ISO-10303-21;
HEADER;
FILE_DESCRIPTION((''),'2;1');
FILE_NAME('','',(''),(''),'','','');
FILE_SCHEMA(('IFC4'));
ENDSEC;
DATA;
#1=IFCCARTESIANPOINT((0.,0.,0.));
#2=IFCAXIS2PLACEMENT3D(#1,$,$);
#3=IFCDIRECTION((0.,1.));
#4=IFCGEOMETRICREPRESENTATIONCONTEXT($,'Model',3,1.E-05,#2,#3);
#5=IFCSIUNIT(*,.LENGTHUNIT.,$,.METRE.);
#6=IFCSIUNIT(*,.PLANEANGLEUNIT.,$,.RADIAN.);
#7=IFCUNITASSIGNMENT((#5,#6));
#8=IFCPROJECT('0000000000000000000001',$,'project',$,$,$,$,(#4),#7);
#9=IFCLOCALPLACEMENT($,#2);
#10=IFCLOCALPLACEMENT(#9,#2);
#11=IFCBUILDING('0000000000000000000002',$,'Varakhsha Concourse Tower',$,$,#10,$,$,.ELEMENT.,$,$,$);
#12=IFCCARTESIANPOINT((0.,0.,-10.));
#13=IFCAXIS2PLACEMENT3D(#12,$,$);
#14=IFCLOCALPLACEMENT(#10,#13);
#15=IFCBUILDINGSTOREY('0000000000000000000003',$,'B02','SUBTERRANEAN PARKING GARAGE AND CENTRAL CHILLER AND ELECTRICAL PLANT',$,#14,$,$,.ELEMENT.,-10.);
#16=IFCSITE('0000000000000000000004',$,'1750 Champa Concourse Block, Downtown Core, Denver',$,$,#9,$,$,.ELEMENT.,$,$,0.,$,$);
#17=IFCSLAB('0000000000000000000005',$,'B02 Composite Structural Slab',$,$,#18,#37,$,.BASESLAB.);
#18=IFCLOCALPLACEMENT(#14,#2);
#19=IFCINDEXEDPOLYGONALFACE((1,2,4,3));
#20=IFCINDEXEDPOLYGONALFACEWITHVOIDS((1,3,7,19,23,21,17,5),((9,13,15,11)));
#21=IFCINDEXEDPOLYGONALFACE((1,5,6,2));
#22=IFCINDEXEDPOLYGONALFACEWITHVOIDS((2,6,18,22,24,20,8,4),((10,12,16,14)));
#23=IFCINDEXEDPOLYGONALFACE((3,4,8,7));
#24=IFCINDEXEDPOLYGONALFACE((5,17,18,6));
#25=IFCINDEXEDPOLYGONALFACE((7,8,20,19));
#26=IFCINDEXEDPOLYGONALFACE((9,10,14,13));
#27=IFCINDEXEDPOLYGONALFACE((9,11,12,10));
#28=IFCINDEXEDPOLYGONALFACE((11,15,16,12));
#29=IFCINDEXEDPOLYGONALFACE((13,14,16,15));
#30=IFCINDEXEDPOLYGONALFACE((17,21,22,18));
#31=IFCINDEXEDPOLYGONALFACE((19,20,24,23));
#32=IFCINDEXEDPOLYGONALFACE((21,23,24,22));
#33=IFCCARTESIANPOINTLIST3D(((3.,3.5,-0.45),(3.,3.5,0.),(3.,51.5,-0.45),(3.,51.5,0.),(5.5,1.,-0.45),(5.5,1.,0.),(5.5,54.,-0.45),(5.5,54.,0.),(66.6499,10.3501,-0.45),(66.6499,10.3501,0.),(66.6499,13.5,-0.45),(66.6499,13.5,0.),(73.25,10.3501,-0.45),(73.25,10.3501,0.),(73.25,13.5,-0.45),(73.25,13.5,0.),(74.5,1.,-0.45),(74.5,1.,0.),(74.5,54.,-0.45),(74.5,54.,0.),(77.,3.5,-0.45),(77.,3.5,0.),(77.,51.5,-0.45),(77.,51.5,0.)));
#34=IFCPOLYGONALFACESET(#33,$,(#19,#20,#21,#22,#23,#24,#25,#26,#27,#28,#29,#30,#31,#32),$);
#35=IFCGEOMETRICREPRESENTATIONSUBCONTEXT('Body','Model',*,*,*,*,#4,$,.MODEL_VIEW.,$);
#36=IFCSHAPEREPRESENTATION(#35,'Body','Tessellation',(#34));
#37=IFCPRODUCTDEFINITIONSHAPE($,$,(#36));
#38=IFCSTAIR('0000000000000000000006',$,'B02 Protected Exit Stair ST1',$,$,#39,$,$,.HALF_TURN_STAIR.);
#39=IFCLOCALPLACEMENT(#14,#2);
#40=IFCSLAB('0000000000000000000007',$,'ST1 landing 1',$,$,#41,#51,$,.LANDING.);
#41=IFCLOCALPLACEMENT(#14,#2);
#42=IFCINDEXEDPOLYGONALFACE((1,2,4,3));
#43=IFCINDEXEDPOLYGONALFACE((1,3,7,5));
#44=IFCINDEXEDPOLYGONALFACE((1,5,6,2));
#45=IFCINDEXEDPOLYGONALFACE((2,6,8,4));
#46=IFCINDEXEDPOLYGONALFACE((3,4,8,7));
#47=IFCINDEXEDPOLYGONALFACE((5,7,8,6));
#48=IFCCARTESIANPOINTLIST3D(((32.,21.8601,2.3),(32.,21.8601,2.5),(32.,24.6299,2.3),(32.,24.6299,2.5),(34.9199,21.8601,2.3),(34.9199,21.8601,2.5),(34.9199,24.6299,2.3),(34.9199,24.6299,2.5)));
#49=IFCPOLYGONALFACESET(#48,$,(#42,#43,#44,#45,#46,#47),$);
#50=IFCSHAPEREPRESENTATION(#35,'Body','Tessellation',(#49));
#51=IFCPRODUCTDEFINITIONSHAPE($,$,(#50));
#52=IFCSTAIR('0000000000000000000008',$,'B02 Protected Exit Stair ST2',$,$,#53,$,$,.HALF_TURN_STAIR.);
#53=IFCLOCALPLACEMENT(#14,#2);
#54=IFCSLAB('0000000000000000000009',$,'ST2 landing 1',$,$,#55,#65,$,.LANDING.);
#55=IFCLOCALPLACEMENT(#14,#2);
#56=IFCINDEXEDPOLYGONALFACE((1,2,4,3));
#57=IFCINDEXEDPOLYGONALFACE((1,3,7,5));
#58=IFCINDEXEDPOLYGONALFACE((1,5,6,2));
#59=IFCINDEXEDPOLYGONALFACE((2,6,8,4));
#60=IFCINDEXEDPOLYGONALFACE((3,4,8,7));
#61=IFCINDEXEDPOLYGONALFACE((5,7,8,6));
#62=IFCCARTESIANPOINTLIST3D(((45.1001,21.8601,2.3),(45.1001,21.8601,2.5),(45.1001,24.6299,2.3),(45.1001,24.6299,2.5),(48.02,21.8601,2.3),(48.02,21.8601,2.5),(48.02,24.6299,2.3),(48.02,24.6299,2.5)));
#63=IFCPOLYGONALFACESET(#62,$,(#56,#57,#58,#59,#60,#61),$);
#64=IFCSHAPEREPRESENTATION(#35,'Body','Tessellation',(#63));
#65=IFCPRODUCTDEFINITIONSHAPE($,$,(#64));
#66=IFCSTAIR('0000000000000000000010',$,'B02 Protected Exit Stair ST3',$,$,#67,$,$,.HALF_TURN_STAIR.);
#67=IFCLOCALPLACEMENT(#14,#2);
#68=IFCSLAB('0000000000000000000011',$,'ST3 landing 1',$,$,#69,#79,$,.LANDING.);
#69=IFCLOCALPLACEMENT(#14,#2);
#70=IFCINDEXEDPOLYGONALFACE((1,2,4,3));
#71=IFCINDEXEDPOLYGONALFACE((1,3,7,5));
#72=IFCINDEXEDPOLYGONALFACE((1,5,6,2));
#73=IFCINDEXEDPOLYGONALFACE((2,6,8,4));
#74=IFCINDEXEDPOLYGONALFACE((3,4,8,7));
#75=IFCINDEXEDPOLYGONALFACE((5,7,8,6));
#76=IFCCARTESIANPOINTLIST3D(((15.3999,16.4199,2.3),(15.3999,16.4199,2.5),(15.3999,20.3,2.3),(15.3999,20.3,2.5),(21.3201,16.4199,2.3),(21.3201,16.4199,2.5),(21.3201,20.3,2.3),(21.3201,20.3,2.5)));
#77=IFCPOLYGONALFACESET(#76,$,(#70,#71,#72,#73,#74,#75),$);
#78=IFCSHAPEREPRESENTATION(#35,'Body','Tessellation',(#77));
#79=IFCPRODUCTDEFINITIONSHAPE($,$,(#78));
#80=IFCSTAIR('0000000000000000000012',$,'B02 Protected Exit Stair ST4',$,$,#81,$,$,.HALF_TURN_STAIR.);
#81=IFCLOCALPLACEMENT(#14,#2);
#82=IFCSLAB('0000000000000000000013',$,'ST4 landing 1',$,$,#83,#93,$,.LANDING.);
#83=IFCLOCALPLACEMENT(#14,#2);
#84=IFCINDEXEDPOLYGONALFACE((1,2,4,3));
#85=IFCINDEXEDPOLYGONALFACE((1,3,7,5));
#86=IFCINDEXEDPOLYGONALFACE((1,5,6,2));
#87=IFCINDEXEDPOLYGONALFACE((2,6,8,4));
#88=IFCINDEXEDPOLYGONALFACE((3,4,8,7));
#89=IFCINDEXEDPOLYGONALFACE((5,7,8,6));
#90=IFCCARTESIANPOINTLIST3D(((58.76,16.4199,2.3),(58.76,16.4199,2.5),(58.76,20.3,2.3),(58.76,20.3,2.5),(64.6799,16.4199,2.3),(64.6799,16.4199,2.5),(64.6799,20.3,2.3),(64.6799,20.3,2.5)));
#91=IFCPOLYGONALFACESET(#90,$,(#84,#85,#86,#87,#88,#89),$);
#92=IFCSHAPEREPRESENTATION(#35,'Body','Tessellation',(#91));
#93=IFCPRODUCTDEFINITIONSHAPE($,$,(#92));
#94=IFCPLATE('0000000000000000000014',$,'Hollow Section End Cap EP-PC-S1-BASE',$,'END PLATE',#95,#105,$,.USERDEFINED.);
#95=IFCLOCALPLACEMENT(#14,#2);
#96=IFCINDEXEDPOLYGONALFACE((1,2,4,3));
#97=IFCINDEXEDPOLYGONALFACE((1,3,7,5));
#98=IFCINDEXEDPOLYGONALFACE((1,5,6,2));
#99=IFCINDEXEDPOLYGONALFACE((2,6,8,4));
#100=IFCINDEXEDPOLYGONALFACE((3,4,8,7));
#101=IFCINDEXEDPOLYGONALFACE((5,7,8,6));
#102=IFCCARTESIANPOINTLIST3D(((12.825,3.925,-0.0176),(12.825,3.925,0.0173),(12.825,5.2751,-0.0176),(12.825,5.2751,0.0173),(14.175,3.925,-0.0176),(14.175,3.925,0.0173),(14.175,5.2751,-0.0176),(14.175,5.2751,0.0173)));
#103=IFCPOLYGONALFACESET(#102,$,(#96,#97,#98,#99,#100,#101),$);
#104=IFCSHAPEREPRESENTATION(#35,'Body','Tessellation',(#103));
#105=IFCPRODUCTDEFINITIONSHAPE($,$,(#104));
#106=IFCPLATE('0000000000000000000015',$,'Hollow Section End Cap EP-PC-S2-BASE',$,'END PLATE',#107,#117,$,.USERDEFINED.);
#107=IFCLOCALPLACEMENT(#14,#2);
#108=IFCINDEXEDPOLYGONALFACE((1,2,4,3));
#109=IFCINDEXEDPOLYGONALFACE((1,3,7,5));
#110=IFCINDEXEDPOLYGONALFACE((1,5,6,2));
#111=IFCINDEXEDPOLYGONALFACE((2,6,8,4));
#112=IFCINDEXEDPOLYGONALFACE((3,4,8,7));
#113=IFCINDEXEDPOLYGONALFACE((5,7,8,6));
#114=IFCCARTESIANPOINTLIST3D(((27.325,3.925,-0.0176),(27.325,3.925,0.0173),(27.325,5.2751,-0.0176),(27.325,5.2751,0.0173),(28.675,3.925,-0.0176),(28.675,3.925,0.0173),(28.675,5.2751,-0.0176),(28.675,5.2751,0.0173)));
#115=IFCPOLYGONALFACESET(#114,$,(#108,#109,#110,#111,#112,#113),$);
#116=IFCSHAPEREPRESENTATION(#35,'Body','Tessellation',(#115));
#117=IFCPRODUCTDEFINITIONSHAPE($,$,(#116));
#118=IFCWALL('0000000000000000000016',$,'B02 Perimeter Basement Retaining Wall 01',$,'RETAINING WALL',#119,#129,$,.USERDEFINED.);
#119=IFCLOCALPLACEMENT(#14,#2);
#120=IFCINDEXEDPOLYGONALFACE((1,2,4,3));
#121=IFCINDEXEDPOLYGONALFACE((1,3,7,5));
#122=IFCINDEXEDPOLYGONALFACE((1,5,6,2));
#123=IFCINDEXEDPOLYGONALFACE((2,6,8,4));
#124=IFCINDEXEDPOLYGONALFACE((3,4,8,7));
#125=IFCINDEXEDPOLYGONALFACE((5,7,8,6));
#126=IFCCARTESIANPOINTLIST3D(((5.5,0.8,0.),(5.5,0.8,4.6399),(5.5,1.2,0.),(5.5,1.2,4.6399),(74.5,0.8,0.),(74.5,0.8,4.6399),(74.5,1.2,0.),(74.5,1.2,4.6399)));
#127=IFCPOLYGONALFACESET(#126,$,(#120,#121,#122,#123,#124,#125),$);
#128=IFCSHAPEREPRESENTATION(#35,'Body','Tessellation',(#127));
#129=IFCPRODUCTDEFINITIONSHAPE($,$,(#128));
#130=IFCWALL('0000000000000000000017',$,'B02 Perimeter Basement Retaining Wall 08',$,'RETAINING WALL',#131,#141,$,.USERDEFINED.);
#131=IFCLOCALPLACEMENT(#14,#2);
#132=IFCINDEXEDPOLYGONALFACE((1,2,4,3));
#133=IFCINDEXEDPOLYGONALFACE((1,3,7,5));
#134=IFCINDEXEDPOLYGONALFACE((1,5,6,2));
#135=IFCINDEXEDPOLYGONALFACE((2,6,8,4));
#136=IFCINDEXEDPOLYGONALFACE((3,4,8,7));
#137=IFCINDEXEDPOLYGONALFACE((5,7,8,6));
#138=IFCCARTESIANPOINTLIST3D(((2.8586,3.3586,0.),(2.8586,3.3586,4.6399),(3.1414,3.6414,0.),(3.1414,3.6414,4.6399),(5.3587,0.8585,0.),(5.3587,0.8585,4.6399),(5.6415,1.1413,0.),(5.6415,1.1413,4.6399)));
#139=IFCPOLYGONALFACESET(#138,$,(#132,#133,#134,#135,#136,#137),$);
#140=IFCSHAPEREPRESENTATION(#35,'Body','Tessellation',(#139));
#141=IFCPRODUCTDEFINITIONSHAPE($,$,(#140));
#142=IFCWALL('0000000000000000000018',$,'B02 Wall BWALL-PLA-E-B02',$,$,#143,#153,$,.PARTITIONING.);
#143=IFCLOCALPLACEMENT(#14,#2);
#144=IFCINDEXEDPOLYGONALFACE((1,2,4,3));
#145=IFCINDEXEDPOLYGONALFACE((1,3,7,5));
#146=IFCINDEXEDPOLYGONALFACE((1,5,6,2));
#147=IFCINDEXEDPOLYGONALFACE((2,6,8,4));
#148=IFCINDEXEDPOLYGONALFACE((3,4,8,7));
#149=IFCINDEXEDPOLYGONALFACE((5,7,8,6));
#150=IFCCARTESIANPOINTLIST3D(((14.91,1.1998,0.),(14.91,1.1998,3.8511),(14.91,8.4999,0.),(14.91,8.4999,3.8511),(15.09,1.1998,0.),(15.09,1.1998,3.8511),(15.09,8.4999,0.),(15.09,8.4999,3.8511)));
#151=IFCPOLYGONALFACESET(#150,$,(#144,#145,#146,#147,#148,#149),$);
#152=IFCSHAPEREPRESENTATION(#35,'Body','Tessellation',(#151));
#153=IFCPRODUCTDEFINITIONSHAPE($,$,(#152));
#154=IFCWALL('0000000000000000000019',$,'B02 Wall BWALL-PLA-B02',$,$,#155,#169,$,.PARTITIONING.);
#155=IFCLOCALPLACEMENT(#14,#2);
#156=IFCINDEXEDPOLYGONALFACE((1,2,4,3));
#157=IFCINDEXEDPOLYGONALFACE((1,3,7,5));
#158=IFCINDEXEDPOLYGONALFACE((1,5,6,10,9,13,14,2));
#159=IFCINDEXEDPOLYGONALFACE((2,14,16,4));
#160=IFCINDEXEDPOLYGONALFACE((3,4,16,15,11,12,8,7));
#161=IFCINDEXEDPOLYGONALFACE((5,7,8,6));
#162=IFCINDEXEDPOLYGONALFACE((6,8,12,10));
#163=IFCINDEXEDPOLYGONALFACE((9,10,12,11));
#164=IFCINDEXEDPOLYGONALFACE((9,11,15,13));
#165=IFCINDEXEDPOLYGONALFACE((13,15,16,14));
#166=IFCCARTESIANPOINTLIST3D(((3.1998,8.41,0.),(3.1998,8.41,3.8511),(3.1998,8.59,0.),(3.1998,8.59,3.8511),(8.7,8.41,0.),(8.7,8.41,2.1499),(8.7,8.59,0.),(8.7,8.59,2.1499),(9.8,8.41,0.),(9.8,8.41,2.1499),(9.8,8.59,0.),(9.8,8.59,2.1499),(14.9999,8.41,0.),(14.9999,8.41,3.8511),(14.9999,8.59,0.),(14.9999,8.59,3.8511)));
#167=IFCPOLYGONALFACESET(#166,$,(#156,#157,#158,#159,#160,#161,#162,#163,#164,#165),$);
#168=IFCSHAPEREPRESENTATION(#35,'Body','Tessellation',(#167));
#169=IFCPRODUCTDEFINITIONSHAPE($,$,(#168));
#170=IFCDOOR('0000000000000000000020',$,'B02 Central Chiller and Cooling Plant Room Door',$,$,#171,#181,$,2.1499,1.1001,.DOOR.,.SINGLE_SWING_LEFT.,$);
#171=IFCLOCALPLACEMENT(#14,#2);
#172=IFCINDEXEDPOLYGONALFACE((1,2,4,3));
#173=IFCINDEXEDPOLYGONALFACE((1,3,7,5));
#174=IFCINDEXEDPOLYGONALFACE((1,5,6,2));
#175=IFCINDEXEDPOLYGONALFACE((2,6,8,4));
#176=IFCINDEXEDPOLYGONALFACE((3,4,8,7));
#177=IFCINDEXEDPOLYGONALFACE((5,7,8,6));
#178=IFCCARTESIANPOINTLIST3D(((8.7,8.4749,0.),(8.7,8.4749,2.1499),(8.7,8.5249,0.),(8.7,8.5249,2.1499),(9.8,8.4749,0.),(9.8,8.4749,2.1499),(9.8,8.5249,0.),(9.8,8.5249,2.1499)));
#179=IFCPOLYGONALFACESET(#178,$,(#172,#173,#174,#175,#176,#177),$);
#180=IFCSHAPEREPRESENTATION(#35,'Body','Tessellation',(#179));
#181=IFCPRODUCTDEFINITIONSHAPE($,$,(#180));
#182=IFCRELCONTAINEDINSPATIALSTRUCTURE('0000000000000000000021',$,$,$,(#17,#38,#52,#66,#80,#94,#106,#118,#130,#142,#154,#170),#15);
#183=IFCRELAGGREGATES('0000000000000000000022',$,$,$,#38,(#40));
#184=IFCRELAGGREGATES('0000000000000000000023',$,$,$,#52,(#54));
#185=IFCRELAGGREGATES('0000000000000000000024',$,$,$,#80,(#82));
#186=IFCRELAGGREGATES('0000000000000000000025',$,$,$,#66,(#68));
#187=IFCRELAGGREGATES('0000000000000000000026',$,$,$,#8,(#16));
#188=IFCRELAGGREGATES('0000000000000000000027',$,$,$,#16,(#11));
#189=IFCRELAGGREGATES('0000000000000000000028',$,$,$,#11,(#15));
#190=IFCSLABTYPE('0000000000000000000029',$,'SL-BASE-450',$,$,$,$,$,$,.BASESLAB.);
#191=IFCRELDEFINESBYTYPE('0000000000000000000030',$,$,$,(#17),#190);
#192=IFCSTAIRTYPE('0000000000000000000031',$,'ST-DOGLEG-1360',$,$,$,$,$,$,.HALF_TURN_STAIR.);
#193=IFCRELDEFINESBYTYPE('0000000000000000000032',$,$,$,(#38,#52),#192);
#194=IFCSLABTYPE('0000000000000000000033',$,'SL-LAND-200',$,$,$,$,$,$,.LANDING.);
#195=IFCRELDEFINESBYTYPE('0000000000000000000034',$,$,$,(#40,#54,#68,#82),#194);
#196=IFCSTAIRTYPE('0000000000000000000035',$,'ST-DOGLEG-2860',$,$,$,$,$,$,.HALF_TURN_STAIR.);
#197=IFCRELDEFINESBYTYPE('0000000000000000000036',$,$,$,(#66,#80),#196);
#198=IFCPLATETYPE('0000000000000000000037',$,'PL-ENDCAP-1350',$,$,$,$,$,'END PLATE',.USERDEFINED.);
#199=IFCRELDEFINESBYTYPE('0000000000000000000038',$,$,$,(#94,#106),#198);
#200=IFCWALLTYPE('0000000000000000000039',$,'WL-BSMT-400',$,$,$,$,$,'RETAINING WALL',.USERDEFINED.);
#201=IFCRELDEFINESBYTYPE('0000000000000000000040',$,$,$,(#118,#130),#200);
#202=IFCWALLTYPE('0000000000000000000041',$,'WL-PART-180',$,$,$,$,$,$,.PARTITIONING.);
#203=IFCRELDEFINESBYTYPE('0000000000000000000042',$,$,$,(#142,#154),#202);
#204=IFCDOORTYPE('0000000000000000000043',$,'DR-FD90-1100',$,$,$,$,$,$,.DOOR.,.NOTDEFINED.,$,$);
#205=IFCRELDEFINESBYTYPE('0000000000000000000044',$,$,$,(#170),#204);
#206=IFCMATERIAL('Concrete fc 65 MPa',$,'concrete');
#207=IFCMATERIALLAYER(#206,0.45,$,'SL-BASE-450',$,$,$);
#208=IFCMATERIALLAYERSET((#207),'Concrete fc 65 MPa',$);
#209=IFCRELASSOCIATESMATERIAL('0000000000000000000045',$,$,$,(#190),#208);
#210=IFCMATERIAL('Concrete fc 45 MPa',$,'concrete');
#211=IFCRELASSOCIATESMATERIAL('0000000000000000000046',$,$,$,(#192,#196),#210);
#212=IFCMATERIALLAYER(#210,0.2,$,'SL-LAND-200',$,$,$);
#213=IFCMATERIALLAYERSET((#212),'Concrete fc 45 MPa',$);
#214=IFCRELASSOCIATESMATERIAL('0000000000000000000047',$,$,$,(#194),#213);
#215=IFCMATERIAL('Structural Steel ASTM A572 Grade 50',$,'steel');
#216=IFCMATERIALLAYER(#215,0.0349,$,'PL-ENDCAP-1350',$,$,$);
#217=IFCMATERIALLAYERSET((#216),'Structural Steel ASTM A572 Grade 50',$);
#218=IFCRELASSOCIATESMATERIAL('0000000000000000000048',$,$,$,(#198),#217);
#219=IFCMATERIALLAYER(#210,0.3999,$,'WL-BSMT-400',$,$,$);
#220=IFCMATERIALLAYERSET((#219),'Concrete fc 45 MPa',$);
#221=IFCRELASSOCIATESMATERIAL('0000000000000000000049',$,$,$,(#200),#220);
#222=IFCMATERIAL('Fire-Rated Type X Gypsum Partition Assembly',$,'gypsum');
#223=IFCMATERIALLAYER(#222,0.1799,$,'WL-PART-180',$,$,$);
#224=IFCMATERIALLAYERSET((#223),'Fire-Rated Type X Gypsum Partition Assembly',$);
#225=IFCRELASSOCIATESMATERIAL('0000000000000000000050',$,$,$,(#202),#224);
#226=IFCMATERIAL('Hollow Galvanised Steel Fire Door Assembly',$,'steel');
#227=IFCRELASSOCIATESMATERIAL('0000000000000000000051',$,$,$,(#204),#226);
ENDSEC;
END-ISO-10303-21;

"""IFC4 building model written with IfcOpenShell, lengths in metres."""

from ifc_helpers import new_model, si_unit, direction, frame, frame_2d, origin, origin_2d, place, context, subcontext, project, spatial, polyline, rectangle, outline, extrude, source, transform, mapped, material, layer, layer_set, type_object, type_shapes, element, fill, aggregate, save


model = new_model("IFC4")

# Units and contexts
model_context = context("Model", 3, precision=1e-05, world=origin(), true_north=direction((0.0, 1.0)))
body_context = subcontext(model_context, "Body", "Model", "MODEL_VIEW")
ifc_project = project(units=[si_unit("LENGTHUNIT", "METRE"), si_unit("PLANEANGLEUNIT", "RADIAN")], contexts=[model_context])

# Site, building, storey
site_placement = place(None, origin())
site = spatial("IfcSite", under=ifc_project, at=site_placement, Name="1750 Champa Concourse Block, Downtown Core, Denver", CompositionType="ELEMENT", RefElevation=0.0)
building_placement = place(site_placement, origin())
building = spatial("IfcBuilding", under=site, at=building_placement, Name="Varakhsha Concourse Tower", CompositionType="ELEMENT")
storey_placement = place(building_placement, frame((0.0, 0.0, -10.0)))
storey = spatial("IfcBuildingStorey", under=building, at=storey_placement, Name="B02", Description="SUBTERRANEAN PARKING GARAGE AND CENTRAL CHILLER AND ELECTRICAL PLANT", CompositionType="ELEMENT", Elevation=-10.0)

# Shared definitions
ifc_material_1 = material(Name="Concrete fc 65 MPa", Category="concrete")

# Shared definitions
ifc_material_2 = material(Name="Structural Steel ASTM A572 Grade 50", Category="steel")

# Slab
ifc_layer_1 = layer(ifc_material_1, 0.45, Name="SL-BASE-450")
ifc_layer_set_1 = layer_set([ifc_layer_1], Name="Concrete fc 65 MPa")
slab_type_1 = type_object("IfcSlabType", Name="SL-BASE-450", PredefinedType="BASESLAB", material=ifc_layer_set_1)
slab_1_placement = place(storey_placement, frame((0.0, 0.0, -0.45)))
element("IfcSlab", 1, at=slab_1_placement, inside=storey, type_object=slab_type_1, Name="B02 Composite Structural Slab", PredefinedType="BASESLAB", context=body_context, shape_type="SweptSolid", body=[
    extrude(outline(polyline([(5.5, 1.0), (74.5, 1.0), (77.0, 3.5), (77.0, 51.5), (74.5, 54.0), (5.5, 54.0), (3.0, 51.5), (3.0, 3.5), (5.5, 1.0)]), holes=[polyline([(66.6499, 10.3501), (73.25, 10.3501), (73.25, 13.5), (66.6499, 13.5), (66.6499, 10.3501)])]), origin(), (0.0, 0.0, 1.0), 0.45),
])

# Stairs, slabs
ifc_material_3 = material(Name="Concrete fc 45 MPa", Category="concrete")
stair_type_1 = type_object("IfcStairType", Name="ST-DOGLEG-1360", PredefinedType="HALF_TURN_STAIR", material=ifc_material_3)
stair_1_placement = place(storey_placement, origin())
stair_1 = element("IfcStair", 2, at=stair_1_placement, inside=storey, type_object=stair_type_1, Name="B02 Protected Exit Stair ST1", PredefinedType="HALF_TURN_STAIR")
ifc_layer_2 = layer(ifc_material_3, 0.2, Name="SL-LAND-200")
ifc_layer_set_2 = layer_set([ifc_layer_2], Name="Concrete fc 45 MPa")
slab_type_2 = type_object("IfcSlabType", Name="SL-LAND-200", PredefinedType="LANDING", material=ifc_layer_set_2)
slab_2_placement = place(storey_placement, frame((0.0, 0.0, 2.3)))
slab_2 = element("IfcSlab", 3, at=slab_2_placement, type_object=slab_type_2, Name="ST1 landing 1", PredefinedType="LANDING", context=body_context, shape_type="SweptSolid", body=[
    extrude(outline(polyline([(34.9199, 21.8601), (34.9199, 24.6299), (32.0, 24.6299), (32.0, 21.8601), (34.9199, 21.8601)])), origin(), (0.0, 0.0, 1.0), 0.2),
])
aggregate(stair_1, [slab_2])
stair_2_placement = place(storey_placement, origin())
stair_2 = element("IfcStair", 4, at=stair_2_placement, inside=storey, type_object=stair_type_1, Name="B02 Protected Exit Stair ST2", PredefinedType="HALF_TURN_STAIR")
slab_3_placement = place(storey_placement, frame((0.0, 0.0, 2.3)))
slab_3 = element("IfcSlab", 5, at=slab_3_placement, type_object=slab_type_2, Name="ST2 landing 1", PredefinedType="LANDING", context=body_context, shape_type="SweptSolid", body=[
    extrude(outline(polyline([(48.02, 21.8601), (48.02, 24.6299), (45.1001, 24.6299), (45.1001, 21.8601), (48.02, 21.8601)])), origin(), (0.0, 0.0, 1.0), 0.2),
])
aggregate(stair_2, [slab_3])
stair_type_2 = type_object("IfcStairType", Name="ST-DOGLEG-2860", PredefinedType="HALF_TURN_STAIR", material=ifc_material_3)
stair_3_placement = place(storey_placement, origin())
stair_3 = element("IfcStair", 6, at=stair_3_placement, inside=storey, type_object=stair_type_2, Name="B02 Protected Exit Stair ST3", PredefinedType="HALF_TURN_STAIR")
slab_4_placement = place(storey_placement, frame((0.0, 0.0, 2.3)))
slab_4 = element("IfcSlab", 7, at=slab_4_placement, type_object=slab_type_2, Name="ST3 landing 1", PredefinedType="LANDING", context=body_context, shape_type="SweptSolid", body=[
    extrude(outline(polyline([(21.3201, 16.4199), (21.3201, 20.3), (15.3999, 20.3), (15.3999, 16.4199), (21.3201, 16.4199)])), origin(), (0.0, 0.0, 1.0), 0.2),
])
stair_4_placement = place(storey_placement, origin())
stair_4 = element("IfcStair", 8, at=stair_4_placement, inside=storey, type_object=stair_type_2, Name="B02 Protected Exit Stair ST4", PredefinedType="HALF_TURN_STAIR")
slab_5_placement = place(storey_placement, frame((0.0, 0.0, 2.3)))
slab_5 = element("IfcSlab", 9, at=slab_5_placement, type_object=slab_type_2, Name="ST4 landing 1", PredefinedType="LANDING", context=body_context, shape_type="SweptSolid", body=[
    extrude(outline(polyline([(64.6799, 16.4199), (64.6799, 20.3), (58.76, 20.3), (58.76, 16.4199), (64.6799, 16.4199)])), origin(), (0.0, 0.0, 1.0), 0.2),
])
aggregate(stair_4, [slab_5])

# Plates
ifc_layer_3 = layer(ifc_material_2, 0.0349, Name="PL-ENDCAP-1350")
ifc_layer_set_3 = layer_set([ifc_layer_3], Name="Structural Steel ASTM A572 Grade 50")
plate_type = type_object("IfcPlateType", Name="PL-ENDCAP-1350", ElementType="END PLATE", PredefinedType="USERDEFINED", material=ifc_layer_set_3)
shared_shape = source(origin(), body_context, "Body", "SweptSolid", [
    extrude(rectangle(XDim=1.3501, YDim=1.3501, at=origin_2d()), origin(), (0.0, 0.0, 1.0), 0.0349),
])
type_shapes(plate_type, [shared_shape])
for number, where, z_axis, x_axis, name in (
    (10, (13.5, 4.6001, -0.0176), (0.0, 0.0, 1.0), (1.0, 0.0, 0.0), "Hollow Section End Cap EP-PC-S1-BASE"),
    (11, (28.0, 4.6001, -0.0176), (0.0, 0.0, 1.0), (1.0, 0.0, 0.0), "Hollow Section End Cap EP-PC-S2-BASE"),
):
    element("IfcPlate", number, at=place(storey_placement, frame(where, z_axis=z_axis, x_axis=x_axis)), inside=storey, type_object=plate_type, Name=name, ObjectType="END PLATE", PredefinedType="USERDEFINED", context=body_context, shape_type="MappedRepresentation", body=[
        mapped(shared_shape, transform((0.0, 0.0, 0.0), scale=1.0)),
    ])

# Walls
ifc_layer_4 = layer(ifc_material_3, 0.3999, Name="WL-BSMT-400")
ifc_layer_set_4 = layer_set([ifc_layer_4], Name="Concrete fc 45 MPa")
wall_type_1 = type_object("IfcWallType", Name="WL-BSMT-400", ElementType="RETAINING WALL", PredefinedType="USERDEFINED", material=ifc_layer_set_4)
wall_1_placement = place(storey_placement, frame((5.5, 1.0, 0.0), z_axis=(0.0, 0.0, 1.0), x_axis=(1.0, 0.0, 0.0)))
element("IfcWall", 12, at=wall_1_placement, inside=storey, type_object=wall_type_1, Name="B02 Perimeter Basement Retaining Wall 01", ObjectType="RETAINING WALL", PredefinedType="USERDEFINED", context=body_context, shape_type="SweptSolid", body=[
    extrude(rectangle(XDim=69.0, YDim=0.3999, at=frame_2d((34.5, 0.0))), origin(), (0.0, 0.0, 1.0), 4.6399),
])
wall_2_placement = place(storey_placement, frame((3.0, 3.5, 0.0), z_axis=(0.0, 0.0, 1.0), x_axis=(0.707107, -0.707107, 0.0)))
element("IfcWall", 13, at=wall_2_placement, inside=storey, type_object=wall_type_1, Name="B02 Perimeter Basement Retaining Wall 08", ObjectType="RETAINING WALL", PredefinedType="USERDEFINED", context=body_context, shape_type="SweptSolid", body=[
    extrude(rectangle(XDim=3.5356, YDim=0.3999, at=frame_2d((1.7678, 0.0))), origin(), (0.0, 0.0, 1.0), 4.6399),
])
ifc_material_4 = material(Name="Fire-Rated Type X Gypsum Partition Assembly", Category="gypsum")
ifc_layer_5 = layer(ifc_material_4, 0.1799, Name="WL-PART-180")
ifc_layer_set_5 = layer_set([ifc_layer_5], Name="Fire-Rated Type X Gypsum Partition Assembly")
wall_type_2 = type_object("IfcWallType", Name="WL-PART-180", PredefinedType="PARTITIONING", material=ifc_layer_set_5)
wall_3_placement = place(storey_placement, frame((15.0, 1.2, 0.0), z_axis=(0.0, 0.0, 1.0), x_axis=(0.0, 1.0, 0.0)))
element("IfcWall", 14, at=wall_3_placement, inside=storey, type_object=wall_type_2, Name="B02 Wall BWALL-PLA-E-B02", PredefinedType="PARTITIONING", context=body_context, shape_type="SweptSolid", body=[
    extrude(rectangle(XDim=7.3, YDim=0.1799, at=frame_2d((3.6499, 0.0))), origin(), (0.0, 0.0, 1.0), 3.8511),
])

# Wall, opening, door
wall_4_placement = place(storey_placement, frame((3.2, 8.5, 0.0), z_axis=(0.0, 0.0, 1.0), x_axis=(1.0, 0.0, 0.0)))
wall_4 = element("IfcWall", 15, at=wall_4_placement, inside=storey, type_object=wall_type_2, Name="B02 Wall BWALL-PLA-B02", PredefinedType="PARTITIONING", context=body_context, shape_type="SweptSolid", body=[
    extrude(rectangle(XDim=11.8, YDim=0.1799, at=frame_2d((5.8999, 0.0))), origin(), (0.0, 0.0, 1.0), 3.8511),
])
opening_1_placement = place(wall_4_placement, frame((5.5, 0.0, 0.0)))
opening_1 = element("IfcOpeningElement", 16, at=opening_1_placement, cuts=wall_4, PredefinedType="OPENING", context=body_context, shape_type="SweptSolid", body=[
    extrude(rectangle(XDim=1.1001, YDim=2.1499, at=frame_2d((0.55, 1.075))), frame((0.0, 0.0999, 0.0), z_axis=(0.0, -1.0, 0.0), x_axis=(1.0, 0.0, 0.0)), (0.0, 0.0, 1.0), 0.2),
])
ifc_material_5 = material(Name="Hollow Galvanised Steel Fire Door Assembly", Category="steel")
door_type = type_object("IfcDoorType", Name="DR-FD90-1100", OperationType="NOTDEFINED", PredefinedType="DOOR", material=ifc_material_5)
door_1_placement = place(opening_1_placement, origin())
door_1 = element("IfcDoor", 17, at=door_1_placement, inside=storey, type_object=door_type, Name="B02 Central Chiller and Cooling Plant Room Door", OperationType="SINGLE_SWING_LEFT", OverallHeight=2.1499, OverallWidth=1.1001, PredefinedType="DOOR", context=body_context, shape_type="SweptSolid", body=[
    extrude(rectangle(XDim=1.1001, YDim=2.1499, at=frame_2d((0.55, 1.075))), frame((0.0, 0.0249, 0.0), z_axis=(0.0, -1.0, 0.0), x_axis=(1.0, 0.0, 0.0)), (0.0, 0.0, 1.0), 0.05),
])
fill(opening_1, door_1)

aggregate(stair_3, [slab_4])

save(model, "model.ifc")
